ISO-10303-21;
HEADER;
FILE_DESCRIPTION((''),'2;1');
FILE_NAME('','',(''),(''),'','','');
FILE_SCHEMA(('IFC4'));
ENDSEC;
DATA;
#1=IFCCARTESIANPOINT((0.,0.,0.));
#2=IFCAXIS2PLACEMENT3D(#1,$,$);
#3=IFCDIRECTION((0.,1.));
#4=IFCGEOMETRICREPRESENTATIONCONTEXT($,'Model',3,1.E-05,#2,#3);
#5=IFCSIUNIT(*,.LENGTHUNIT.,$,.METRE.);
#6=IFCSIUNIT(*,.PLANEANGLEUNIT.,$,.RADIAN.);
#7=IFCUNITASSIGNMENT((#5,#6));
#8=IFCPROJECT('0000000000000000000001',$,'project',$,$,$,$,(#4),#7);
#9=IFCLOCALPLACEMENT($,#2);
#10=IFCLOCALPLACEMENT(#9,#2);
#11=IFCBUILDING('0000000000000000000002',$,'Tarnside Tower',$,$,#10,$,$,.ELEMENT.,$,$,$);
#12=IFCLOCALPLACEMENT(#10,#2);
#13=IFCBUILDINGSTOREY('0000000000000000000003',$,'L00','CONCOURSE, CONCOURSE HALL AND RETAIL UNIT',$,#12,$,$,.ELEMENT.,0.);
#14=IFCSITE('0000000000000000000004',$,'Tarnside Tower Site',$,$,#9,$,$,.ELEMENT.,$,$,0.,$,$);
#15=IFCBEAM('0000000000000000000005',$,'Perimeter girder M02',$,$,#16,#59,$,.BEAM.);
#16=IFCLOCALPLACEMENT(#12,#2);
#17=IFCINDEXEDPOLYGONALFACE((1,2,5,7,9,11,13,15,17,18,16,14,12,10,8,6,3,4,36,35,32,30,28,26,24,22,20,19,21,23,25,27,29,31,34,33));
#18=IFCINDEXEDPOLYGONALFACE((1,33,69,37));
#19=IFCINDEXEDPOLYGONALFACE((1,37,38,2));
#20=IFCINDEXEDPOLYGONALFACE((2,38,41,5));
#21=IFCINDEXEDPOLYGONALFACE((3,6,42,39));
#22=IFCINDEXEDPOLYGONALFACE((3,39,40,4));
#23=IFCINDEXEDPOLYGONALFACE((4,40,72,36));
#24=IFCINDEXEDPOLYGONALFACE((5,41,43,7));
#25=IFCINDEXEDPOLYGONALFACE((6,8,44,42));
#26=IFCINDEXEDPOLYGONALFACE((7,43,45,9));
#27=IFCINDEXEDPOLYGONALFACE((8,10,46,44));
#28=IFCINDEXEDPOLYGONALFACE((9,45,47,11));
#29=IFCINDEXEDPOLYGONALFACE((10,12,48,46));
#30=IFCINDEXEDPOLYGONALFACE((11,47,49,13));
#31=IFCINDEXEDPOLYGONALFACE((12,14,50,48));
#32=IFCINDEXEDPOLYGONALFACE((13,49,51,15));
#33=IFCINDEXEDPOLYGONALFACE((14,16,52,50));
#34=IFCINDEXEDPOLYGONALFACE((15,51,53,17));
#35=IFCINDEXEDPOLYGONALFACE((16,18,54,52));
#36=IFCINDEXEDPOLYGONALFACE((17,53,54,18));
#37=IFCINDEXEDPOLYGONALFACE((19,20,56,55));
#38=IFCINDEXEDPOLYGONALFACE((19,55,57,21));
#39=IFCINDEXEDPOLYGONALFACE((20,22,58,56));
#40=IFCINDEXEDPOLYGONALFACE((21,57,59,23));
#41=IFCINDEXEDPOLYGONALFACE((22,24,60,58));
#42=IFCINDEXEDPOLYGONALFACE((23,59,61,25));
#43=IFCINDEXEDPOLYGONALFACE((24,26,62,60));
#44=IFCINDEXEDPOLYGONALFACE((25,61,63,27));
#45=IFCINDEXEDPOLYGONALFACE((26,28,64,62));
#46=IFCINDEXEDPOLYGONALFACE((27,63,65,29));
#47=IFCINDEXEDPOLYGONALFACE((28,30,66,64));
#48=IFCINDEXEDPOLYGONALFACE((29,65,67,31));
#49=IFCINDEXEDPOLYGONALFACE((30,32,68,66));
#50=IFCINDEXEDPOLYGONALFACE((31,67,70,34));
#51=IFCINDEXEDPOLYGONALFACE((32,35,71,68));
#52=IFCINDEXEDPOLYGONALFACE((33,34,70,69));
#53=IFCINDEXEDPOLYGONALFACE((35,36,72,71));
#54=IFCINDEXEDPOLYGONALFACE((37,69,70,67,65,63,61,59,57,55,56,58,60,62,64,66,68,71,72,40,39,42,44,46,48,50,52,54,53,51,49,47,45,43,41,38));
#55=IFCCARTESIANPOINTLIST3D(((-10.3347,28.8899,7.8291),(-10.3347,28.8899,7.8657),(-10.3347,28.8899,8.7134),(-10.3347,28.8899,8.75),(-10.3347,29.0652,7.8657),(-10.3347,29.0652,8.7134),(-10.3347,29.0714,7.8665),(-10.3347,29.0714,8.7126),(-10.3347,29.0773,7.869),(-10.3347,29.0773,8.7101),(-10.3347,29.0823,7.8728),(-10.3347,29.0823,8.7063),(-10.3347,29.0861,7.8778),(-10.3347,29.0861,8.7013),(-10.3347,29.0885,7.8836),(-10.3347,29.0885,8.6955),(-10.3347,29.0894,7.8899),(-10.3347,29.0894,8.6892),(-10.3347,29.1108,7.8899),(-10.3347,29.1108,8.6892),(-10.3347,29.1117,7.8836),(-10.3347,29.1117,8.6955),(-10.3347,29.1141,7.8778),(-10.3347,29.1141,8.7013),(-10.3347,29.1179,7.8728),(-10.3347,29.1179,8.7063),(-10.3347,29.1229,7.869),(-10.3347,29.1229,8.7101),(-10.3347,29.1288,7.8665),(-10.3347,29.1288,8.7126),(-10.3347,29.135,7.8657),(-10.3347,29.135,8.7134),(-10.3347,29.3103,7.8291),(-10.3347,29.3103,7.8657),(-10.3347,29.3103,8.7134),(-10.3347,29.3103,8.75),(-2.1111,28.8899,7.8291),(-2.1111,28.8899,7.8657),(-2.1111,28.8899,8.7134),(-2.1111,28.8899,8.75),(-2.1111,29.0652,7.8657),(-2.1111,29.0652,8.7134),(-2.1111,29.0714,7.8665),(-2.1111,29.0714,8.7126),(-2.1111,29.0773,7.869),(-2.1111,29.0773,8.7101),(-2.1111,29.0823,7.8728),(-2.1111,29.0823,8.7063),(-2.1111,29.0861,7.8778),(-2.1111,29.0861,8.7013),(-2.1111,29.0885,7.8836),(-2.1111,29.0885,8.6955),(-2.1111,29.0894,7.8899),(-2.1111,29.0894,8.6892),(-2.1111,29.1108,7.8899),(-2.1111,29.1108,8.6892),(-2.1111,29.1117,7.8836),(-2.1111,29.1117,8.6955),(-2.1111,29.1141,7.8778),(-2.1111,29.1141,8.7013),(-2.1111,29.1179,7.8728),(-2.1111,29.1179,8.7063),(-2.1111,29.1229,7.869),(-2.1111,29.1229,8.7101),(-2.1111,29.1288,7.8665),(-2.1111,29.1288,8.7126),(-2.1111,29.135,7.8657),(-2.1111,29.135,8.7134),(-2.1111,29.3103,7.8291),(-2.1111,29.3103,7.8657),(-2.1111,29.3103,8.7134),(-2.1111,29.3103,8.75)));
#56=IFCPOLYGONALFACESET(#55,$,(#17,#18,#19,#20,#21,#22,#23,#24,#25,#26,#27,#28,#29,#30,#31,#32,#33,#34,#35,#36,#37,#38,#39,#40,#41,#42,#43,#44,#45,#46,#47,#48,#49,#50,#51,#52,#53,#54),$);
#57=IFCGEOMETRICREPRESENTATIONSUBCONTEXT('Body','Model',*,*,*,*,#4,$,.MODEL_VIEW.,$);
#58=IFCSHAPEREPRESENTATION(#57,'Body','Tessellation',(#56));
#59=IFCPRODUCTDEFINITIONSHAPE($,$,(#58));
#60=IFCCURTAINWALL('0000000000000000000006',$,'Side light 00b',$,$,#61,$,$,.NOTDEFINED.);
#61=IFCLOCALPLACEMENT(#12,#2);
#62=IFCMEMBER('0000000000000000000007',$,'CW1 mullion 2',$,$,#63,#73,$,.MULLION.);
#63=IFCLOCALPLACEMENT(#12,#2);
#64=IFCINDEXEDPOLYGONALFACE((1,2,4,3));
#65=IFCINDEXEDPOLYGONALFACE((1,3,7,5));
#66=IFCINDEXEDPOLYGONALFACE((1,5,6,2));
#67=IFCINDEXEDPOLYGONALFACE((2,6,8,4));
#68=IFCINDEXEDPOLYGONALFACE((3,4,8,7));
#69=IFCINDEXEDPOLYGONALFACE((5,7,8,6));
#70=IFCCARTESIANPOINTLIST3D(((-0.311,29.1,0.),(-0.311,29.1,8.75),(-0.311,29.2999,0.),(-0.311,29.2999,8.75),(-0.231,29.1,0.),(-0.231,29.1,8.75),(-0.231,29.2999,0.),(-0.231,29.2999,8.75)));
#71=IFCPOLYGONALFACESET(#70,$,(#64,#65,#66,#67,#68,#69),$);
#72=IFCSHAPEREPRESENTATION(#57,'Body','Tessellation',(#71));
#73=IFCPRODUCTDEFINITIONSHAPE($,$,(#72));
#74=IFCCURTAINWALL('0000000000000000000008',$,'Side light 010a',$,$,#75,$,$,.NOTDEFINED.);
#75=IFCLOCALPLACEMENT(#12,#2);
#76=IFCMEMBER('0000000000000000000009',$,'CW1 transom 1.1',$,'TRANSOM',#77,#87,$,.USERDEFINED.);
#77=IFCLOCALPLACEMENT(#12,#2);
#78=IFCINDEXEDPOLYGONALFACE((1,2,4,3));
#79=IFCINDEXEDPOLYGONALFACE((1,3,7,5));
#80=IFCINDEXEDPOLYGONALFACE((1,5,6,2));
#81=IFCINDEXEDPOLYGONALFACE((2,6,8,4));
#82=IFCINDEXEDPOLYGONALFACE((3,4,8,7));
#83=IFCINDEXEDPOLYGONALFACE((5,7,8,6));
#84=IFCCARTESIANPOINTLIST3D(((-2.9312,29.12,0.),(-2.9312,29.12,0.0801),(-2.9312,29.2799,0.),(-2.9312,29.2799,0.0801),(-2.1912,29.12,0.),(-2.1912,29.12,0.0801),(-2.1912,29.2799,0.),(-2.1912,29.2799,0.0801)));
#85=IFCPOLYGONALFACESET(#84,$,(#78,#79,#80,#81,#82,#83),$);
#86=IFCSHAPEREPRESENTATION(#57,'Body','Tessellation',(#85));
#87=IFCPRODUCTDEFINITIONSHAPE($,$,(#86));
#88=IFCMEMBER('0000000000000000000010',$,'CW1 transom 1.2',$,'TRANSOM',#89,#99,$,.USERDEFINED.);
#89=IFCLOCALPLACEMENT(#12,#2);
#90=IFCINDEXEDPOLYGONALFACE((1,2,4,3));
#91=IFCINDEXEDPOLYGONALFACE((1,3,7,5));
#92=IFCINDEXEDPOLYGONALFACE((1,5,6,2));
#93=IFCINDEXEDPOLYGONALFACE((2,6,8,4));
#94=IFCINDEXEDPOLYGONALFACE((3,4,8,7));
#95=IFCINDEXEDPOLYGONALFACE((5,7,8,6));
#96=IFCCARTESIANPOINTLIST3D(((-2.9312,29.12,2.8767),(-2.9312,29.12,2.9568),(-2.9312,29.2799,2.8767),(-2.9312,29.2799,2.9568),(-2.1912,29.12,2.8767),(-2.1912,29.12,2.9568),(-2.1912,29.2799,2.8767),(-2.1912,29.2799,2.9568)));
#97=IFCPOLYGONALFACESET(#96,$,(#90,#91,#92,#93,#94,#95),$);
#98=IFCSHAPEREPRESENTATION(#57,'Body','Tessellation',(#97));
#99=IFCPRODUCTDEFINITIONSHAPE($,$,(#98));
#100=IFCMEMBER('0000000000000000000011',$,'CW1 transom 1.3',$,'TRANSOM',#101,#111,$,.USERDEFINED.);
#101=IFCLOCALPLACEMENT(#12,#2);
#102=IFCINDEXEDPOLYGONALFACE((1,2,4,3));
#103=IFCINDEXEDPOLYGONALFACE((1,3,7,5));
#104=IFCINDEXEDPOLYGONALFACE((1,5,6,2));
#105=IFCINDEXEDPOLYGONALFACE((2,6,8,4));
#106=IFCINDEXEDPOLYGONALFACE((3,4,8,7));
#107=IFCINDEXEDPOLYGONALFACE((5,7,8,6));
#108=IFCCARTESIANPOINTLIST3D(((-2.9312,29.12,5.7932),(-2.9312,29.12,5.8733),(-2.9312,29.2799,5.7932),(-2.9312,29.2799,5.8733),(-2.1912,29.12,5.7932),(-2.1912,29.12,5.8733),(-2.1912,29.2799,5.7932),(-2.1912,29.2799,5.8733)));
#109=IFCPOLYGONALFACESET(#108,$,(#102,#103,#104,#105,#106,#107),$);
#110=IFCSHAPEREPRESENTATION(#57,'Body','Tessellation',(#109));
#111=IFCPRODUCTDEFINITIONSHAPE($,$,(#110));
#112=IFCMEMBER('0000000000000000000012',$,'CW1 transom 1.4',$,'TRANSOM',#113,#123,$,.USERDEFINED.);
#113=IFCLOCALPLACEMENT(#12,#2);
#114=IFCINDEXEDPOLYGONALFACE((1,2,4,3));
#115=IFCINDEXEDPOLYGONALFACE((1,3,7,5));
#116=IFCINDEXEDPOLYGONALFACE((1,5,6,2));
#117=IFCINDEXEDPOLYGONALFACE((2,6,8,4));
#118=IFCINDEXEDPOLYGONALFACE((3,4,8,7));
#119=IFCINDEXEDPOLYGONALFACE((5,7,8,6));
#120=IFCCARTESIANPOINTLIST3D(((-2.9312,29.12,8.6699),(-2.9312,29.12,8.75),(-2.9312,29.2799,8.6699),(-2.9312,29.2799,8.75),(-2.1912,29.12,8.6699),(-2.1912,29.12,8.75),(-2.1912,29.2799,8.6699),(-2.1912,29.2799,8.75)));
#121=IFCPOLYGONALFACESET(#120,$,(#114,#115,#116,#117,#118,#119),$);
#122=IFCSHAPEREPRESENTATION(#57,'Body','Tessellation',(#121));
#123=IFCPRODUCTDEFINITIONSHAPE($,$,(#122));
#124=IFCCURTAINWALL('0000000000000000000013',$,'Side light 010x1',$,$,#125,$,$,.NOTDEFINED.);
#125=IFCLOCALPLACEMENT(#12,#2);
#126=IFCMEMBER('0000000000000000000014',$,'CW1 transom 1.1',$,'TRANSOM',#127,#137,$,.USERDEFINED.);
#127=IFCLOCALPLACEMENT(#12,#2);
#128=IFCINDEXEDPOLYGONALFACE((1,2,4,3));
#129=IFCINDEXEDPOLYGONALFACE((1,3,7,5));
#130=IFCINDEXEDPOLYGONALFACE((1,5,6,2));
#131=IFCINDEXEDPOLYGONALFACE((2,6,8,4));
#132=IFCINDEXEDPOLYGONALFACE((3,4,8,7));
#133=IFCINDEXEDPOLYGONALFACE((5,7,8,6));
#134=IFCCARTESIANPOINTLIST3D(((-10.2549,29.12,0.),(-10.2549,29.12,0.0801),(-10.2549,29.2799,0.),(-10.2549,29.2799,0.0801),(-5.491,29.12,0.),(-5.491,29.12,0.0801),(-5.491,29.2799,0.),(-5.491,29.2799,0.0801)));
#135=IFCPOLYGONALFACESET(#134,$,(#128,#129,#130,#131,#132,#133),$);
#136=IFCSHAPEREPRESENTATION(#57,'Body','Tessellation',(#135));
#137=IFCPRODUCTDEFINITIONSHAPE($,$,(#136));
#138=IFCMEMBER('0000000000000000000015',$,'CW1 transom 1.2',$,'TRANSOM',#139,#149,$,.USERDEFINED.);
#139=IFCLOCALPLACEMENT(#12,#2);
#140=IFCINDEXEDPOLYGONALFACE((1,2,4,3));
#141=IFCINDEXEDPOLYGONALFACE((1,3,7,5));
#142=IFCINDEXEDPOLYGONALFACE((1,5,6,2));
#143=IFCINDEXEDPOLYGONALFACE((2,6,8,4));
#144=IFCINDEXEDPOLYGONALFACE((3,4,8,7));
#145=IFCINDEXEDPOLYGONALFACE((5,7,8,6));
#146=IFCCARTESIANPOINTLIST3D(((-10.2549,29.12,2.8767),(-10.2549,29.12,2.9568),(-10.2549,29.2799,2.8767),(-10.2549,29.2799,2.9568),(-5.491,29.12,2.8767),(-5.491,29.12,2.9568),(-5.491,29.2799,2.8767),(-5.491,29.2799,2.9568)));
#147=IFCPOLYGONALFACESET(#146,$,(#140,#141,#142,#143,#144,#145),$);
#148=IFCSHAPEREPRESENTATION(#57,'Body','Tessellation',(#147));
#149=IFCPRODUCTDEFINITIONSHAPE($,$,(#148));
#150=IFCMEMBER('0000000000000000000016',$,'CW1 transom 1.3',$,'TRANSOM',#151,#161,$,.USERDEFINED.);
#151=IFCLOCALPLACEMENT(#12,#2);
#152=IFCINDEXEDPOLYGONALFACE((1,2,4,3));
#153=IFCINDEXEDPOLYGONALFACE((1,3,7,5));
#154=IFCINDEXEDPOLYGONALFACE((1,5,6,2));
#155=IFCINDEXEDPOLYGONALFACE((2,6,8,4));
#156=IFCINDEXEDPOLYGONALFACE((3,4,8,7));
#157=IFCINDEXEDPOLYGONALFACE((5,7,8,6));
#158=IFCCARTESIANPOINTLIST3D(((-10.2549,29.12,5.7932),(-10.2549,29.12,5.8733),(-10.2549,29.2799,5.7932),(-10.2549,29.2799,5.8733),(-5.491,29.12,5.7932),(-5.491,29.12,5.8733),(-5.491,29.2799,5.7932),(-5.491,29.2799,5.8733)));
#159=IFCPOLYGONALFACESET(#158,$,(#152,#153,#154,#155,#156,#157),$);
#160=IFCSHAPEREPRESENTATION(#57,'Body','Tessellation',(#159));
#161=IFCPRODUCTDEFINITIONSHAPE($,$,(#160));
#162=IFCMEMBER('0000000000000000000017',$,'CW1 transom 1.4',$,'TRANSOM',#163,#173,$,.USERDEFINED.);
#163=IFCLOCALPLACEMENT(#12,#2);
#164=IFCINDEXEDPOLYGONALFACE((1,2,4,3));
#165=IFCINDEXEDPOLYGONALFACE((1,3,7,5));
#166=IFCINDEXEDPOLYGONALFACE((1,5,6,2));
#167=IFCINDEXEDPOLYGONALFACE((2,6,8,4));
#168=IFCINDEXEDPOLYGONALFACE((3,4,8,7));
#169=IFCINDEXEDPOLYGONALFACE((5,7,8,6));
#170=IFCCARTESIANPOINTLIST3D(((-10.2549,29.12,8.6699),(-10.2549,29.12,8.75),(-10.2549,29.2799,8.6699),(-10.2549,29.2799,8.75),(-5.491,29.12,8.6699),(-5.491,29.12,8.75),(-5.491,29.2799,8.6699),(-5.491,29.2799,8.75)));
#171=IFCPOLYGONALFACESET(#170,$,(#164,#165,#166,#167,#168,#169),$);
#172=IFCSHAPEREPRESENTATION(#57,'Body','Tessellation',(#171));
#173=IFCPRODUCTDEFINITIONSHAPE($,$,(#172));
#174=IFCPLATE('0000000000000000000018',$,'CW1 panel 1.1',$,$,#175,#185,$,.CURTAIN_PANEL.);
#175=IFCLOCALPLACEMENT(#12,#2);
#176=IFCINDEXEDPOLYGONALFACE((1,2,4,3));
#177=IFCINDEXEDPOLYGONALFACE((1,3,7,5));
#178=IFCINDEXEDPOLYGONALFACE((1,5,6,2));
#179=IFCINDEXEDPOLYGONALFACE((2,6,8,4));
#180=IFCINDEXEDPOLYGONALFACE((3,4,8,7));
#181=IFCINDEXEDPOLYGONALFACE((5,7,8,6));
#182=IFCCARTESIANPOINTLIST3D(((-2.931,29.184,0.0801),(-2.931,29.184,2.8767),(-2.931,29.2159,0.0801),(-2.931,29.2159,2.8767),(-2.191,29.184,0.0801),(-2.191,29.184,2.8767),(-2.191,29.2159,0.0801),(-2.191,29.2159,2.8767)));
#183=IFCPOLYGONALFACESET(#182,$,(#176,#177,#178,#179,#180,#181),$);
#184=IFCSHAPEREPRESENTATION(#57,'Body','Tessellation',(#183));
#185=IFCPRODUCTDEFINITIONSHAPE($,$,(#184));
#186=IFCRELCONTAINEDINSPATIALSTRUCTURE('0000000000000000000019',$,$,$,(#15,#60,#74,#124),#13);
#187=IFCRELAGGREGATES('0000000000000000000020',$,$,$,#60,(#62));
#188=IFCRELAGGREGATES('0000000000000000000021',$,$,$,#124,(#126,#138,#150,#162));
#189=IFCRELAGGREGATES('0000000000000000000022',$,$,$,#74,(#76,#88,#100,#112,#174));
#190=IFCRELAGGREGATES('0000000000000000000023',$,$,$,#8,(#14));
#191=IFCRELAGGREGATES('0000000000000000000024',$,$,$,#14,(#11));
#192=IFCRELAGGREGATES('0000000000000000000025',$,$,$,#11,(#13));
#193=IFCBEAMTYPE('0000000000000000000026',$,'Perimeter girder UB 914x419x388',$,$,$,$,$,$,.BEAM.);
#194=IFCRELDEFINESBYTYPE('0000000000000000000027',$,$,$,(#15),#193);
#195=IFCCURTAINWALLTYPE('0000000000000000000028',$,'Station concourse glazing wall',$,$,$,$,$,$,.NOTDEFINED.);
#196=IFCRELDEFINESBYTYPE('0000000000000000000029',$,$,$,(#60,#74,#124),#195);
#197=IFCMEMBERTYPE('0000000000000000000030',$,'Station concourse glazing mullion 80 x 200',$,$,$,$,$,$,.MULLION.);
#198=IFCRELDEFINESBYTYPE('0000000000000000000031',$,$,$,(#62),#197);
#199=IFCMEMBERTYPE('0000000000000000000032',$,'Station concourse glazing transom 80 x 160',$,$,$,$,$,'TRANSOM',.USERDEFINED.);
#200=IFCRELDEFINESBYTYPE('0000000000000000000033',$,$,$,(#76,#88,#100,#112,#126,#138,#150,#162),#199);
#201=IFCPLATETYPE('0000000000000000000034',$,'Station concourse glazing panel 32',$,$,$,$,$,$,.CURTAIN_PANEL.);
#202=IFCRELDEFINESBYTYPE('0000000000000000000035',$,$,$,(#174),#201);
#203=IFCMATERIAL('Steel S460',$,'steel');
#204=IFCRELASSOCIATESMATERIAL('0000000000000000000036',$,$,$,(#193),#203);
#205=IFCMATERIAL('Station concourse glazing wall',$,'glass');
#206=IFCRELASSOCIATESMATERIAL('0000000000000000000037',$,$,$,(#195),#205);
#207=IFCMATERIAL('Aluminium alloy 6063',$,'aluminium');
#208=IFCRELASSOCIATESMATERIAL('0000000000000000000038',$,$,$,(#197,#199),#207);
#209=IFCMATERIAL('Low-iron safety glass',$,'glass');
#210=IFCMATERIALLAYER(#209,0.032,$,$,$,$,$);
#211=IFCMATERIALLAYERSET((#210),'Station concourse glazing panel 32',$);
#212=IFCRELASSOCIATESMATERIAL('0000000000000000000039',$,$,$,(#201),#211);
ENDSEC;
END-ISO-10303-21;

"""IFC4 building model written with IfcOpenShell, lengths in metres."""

from ifc_helpers import new_model, si_unit, direction, frame, origin, origin_2d, place, context, subcontext, project, spatial, rectangle, i_section, extrude, material, layer, layer_set, material_profile, profile_set, type_object, element, aggregate, save


model = new_model("IFC4")

# Units and contexts
model_context = context("Model", 3, precision=1e-05, world=origin(), true_north=direction((0.0, 1.0)))
body_context = subcontext(model_context, "Body", "Model", "MODEL_VIEW")
ifc_project = project(units=[si_unit("LENGTHUNIT", "METRE"), si_unit("PLANEANGLEUNIT", "RADIAN")], contexts=[model_context])

# Site, building, storey
site_placement = place(None, origin())
site = spatial("IfcSite", under=ifc_project, at=site_placement, Name="Tarnside Tower Site", CompositionType="ELEMENT", RefElevation=0.0)
building_placement = place(site_placement, origin())
building = spatial("IfcBuilding", under=site, at=building_placement, Name="Tarnside Tower", CompositionType="ELEMENT")
storey_placement = place(building_placement, origin())
storey = spatial("IfcBuildingStorey", under=building, at=storey_placement, Name="L00", Description="CONCOURSE, CONCOURSE HALL AND RETAIL UNIT", CompositionType="ELEMENT", Elevation=0.0)

# Beam
ifc_material_1 = material(Name="Steel S460", Category="steel")
ifc_material_profile_1 = material_profile(ifc_material_1, i_section(OverallWidth=0.4204, OverallDepth=0.9209, WebThickness=0.0215, FlangeThickness=0.0366, FilletRadius=0.0242, at=origin_2d()), Name="UB 914x419x388")
ifc_profile_set_1 = profile_set([ifc_material_profile_1], Name="Steel S460")
beam_type_1 = type_object("IfcBeamType", Name="Perimeter girder UB 914x419x388", PredefinedType="BEAM", material=ifc_profile_set_1)
beam_1_placement = place(storey_placement, frame((-2.1111, 29.1001, 8.2896), z_axis=(-1.0, 0.0, 0.0), x_axis=(0.0, -1.0, 0.0)))
element("IfcBeam", 1, at=beam_1_placement, inside=storey, type_object=beam_type_1, Name="Perimeter girder M02", PredefinedType="BEAM", context=body_context, shape_type="SweptSolid", body=[
    extrude(i_section(OverallWidth=0.4204, OverallDepth=0.9209, WebThickness=0.0215, FlangeThickness=0.0366, FilletRadius=0.0242, at=origin_2d()), origin(), (0.0, 0.0, 1.0), 8.2236),
])

# Curtain wall, member
ifc_material_2 = material(Name="Station concourse glazing wall", Category="glass")
curtain_wall_type = type_object("IfcCurtainWallType", Name="Station concourse glazing wall", PredefinedType="NOTDEFINED", material=ifc_material_2)
curtain_wall_1_placement = place(storey_placement, origin())
curtain_wall_1 = element("IfcCurtainWall", 2, at=curtain_wall_1_placement, inside=storey, type_object=curtain_wall_type, Name="Side light 00b", PredefinedType="NOTDEFINED")
ifc_material_3 = material(Name="Aluminium alloy 6063", Category="aluminium")
ifc_material_profile_2 = material_profile(ifc_material_3, rectangle(XDim=0.2, YDim=0.0801, at=origin_2d()), Name="Station concourse glazing mullion 80 x 200")
ifc_profile_set_2 = profile_set([ifc_material_profile_2], Name="Aluminium alloy 6063")
member_type_1 = type_object("IfcMemberType", Name="Station concourse glazing mullion 80 x 200", PredefinedType="MULLION", material=ifc_profile_set_2)
member_1_placement = place(storey_placement, frame((-0.271, 29.2, 0.0), z_axis=(0.0, 0.0, 1.0), x_axis=(0.0, -1.0, 0.0)))
member_1 = element("IfcMember", 3, at=member_1_placement, type_object=member_type_1, Name="CW1 mullion 2", PredefinedType="MULLION", context=body_context, shape_type="SweptSolid", body=[
    extrude(rectangle(XDim=0.2, YDim=0.0801, at=origin_2d()), origin(), (0.0, 0.0, 1.0), 8.75),
])
aggregate(curtain_wall_1, [member_1])

# Curtain walls, members
curtain_wall_2_placement = place(storey_placement, origin())
curtain_wall_2 = element("IfcCurtainWall", 4, at=curtain_wall_2_placement, inside=storey, type_object=curtain_wall_type, Name="Side light 010a", PredefinedType="NOTDEFINED")
ifc_material_profile_3 = material_profile(ifc_material_3, rectangle(XDim=0.1599, YDim=0.0801, at=origin_2d()), Name="Station concourse glazing transom 80 x 160")
ifc_profile_set_3 = profile_set([ifc_material_profile_3], Name="Aluminium alloy 6063")
member_type_2 = type_object("IfcMemberType", Name="Station concourse glazing transom 80 x 160", ElementType="TRANSOM", PredefinedType="USERDEFINED", material=ifc_profile_set_3)
member_2_placement = place(storey_placement, frame((-2.1912, 29.2, 0.04), z_axis=(-1.0, 0.0, 0.0), x_axis=(0.0, -1.0, 0.0)))
member_2 = element("IfcMember", 5, at=member_2_placement, type_object=member_type_2, Name="CW1 transom 1.1", ObjectType="TRANSOM", PredefinedType="USERDEFINED", context=body_context, shape_type="SweptSolid", body=[
    extrude(rectangle(XDim=0.1599, YDim=0.0801, at=origin_2d()), origin(), (0.0, 0.0, 1.0), 0.74),
])
member_3_placement = place(storey_placement, frame((-2.1912, 29.2, 2.9167), z_axis=(-1.0, 0.0, 0.0), x_axis=(0.0, -1.0, 0.0)))
member_3 = element("IfcMember", 6, at=member_3_placement, type_object=member_type_2, Name="CW1 transom 1.2", ObjectType="TRANSOM", PredefinedType="USERDEFINED", context=body_context, shape_type="SweptSolid", body=[
    extrude(rectangle(XDim=0.1599, YDim=0.0801, at=origin_2d()), origin(), (0.0, 0.0, 1.0), 0.74),
])
member_4_placement = place(storey_placement, frame((-2.1912, 29.2, 5.8333), z_axis=(-1.0, 0.0, 0.0), x_axis=(0.0, -1.0, 0.0)))
member_4 = element("IfcMember", 7, at=member_4_placement, type_object=member_type_2, Name="CW1 transom 1.3", ObjectType="TRANSOM", PredefinedType="USERDEFINED", context=body_context, shape_type="SweptSolid", body=[
    extrude(rectangle(XDim=0.1599, YDim=0.0801, at=origin_2d()), origin(), (0.0, 0.0, 1.0), 0.74),
])
member_5_placement = place(storey_placement, frame((-2.1912, 29.2, 8.71), z_axis=(-1.0, 0.0, 0.0), x_axis=(0.0, -1.0, 0.0)))
member_5 = element("IfcMember", 8, at=member_5_placement, type_object=member_type_2, Name="CW1 transom 1.4", ObjectType="TRANSOM", PredefinedType="USERDEFINED", context=body_context, shape_type="SweptSolid", body=[
    extrude(rectangle(XDim=0.1599, YDim=0.0801, at=origin_2d()), origin(), (0.0, 0.0, 1.0), 0.74),
])
curtain_wall_3_placement = place(storey_placement, origin())
curtain_wall_3 = element("IfcCurtainWall", 9, at=curtain_wall_3_placement, inside=storey, type_object=curtain_wall_type, Name="Side light 010x1", PredefinedType="NOTDEFINED")
member_6_placement = place(storey_placement, frame((-5.491, 29.2, 0.04), z_axis=(-1.0, 0.0, 0.0), x_axis=(0.0, -1.0, 0.0)))
member_6 = element("IfcMember", 10, at=member_6_placement, type_object=member_type_2, Name="CW1 transom 1.1", ObjectType="TRANSOM", PredefinedType="USERDEFINED", context=body_context, shape_type="SweptSolid", body=[
    extrude(rectangle(XDim=0.1599, YDim=0.0801, at=origin_2d()), origin(), (0.0, 0.0, 1.0), 4.7639),
])
member_7_placement = place(storey_placement, frame((-5.491, 29.2, 2.9167), z_axis=(-1.0, 0.0, 0.0), x_axis=(0.0, -1.0, 0.0)))
member_7 = element("IfcMember", 11, at=member_7_placement, type_object=member_type_2, Name="CW1 transom 1.2", ObjectType="TRANSOM", PredefinedType="USERDEFINED", context=body_context, shape_type="SweptSolid", body=[
    extrude(rectangle(XDim=0.1599, YDim=0.0801, at=origin_2d()), origin(), (0.0, 0.0, 1.0), 4.7639),
])
member_8_placement = place(storey_placement, frame((-5.491, 29.2, 5.8333), z_axis=(-1.0, 0.0, 0.0), x_axis=(0.0, -1.0, 0.0)))
member_8 = element("IfcMember", 12, at=member_8_placement, type_object=member_type_2, Name="CW1 transom 1.3", ObjectType="TRANSOM", PredefinedType="USERDEFINED", context=body_context, shape_type="SweptSolid", body=[
    extrude(rectangle(XDim=0.1599, YDim=0.0801, at=origin_2d()), origin(), (0.0, 0.0, 1.0), 4.7639),
])
member_9_placement = place(storey_placement, frame((-5.491, 29.2, 8.71), z_axis=(-1.0, 0.0, 0.0), x_axis=(0.0, -1.0, 0.0)))
member_9 = element("IfcMember", 13, at=member_9_placement, type_object=member_type_2, Name="CW1 transom 1.4", ObjectType="TRANSOM", PredefinedType="USERDEFINED", context=body_context, shape_type="SweptSolid", body=[
    extrude(rectangle(XDim=0.1599, YDim=0.0801, at=origin_2d()), origin(), (0.0, 0.0, 1.0), 4.7639),
])
aggregate(curtain_wall_3, [member_6, member_7, member_8, member_9])

# Plate
ifc_material_4 = material(Name="Low-iron safety glass", Category="glass")
ifc_layer_1 = layer(ifc_material_4, 0.032)
ifc_layer_set_1 = layer_set([ifc_layer_1], Name="Station concourse glazing panel 32")
plate_type = type_object("IfcPlateType", Name="Station concourse glazing panel 32", PredefinedType="CURTAIN_PANEL", material=ifc_layer_set_1)
plate_1_placement = place(storey_placement, frame((-2.561, 29.2, 0.0801), z_axis=(0.0, 0.0, 1.0), x_axis=(-1.0, 0.0, 0.0)))
plate_1 = element("IfcPlate", 14, at=plate_1_placement, type_object=plate_type, Name="CW1 panel 1.1", PredefinedType="CURTAIN_PANEL", context=body_context, shape_type="SweptSolid", body=[
    extrude(rectangle(XDim=0.74, YDim=0.032, at=origin_2d()), origin(), (0.0, 0.0, 1.0), 2.7966),
])
aggregate(curtain_wall_2, [member_2, member_3, member_4, member_5, plate_1])

save(model, "model.ifc")
